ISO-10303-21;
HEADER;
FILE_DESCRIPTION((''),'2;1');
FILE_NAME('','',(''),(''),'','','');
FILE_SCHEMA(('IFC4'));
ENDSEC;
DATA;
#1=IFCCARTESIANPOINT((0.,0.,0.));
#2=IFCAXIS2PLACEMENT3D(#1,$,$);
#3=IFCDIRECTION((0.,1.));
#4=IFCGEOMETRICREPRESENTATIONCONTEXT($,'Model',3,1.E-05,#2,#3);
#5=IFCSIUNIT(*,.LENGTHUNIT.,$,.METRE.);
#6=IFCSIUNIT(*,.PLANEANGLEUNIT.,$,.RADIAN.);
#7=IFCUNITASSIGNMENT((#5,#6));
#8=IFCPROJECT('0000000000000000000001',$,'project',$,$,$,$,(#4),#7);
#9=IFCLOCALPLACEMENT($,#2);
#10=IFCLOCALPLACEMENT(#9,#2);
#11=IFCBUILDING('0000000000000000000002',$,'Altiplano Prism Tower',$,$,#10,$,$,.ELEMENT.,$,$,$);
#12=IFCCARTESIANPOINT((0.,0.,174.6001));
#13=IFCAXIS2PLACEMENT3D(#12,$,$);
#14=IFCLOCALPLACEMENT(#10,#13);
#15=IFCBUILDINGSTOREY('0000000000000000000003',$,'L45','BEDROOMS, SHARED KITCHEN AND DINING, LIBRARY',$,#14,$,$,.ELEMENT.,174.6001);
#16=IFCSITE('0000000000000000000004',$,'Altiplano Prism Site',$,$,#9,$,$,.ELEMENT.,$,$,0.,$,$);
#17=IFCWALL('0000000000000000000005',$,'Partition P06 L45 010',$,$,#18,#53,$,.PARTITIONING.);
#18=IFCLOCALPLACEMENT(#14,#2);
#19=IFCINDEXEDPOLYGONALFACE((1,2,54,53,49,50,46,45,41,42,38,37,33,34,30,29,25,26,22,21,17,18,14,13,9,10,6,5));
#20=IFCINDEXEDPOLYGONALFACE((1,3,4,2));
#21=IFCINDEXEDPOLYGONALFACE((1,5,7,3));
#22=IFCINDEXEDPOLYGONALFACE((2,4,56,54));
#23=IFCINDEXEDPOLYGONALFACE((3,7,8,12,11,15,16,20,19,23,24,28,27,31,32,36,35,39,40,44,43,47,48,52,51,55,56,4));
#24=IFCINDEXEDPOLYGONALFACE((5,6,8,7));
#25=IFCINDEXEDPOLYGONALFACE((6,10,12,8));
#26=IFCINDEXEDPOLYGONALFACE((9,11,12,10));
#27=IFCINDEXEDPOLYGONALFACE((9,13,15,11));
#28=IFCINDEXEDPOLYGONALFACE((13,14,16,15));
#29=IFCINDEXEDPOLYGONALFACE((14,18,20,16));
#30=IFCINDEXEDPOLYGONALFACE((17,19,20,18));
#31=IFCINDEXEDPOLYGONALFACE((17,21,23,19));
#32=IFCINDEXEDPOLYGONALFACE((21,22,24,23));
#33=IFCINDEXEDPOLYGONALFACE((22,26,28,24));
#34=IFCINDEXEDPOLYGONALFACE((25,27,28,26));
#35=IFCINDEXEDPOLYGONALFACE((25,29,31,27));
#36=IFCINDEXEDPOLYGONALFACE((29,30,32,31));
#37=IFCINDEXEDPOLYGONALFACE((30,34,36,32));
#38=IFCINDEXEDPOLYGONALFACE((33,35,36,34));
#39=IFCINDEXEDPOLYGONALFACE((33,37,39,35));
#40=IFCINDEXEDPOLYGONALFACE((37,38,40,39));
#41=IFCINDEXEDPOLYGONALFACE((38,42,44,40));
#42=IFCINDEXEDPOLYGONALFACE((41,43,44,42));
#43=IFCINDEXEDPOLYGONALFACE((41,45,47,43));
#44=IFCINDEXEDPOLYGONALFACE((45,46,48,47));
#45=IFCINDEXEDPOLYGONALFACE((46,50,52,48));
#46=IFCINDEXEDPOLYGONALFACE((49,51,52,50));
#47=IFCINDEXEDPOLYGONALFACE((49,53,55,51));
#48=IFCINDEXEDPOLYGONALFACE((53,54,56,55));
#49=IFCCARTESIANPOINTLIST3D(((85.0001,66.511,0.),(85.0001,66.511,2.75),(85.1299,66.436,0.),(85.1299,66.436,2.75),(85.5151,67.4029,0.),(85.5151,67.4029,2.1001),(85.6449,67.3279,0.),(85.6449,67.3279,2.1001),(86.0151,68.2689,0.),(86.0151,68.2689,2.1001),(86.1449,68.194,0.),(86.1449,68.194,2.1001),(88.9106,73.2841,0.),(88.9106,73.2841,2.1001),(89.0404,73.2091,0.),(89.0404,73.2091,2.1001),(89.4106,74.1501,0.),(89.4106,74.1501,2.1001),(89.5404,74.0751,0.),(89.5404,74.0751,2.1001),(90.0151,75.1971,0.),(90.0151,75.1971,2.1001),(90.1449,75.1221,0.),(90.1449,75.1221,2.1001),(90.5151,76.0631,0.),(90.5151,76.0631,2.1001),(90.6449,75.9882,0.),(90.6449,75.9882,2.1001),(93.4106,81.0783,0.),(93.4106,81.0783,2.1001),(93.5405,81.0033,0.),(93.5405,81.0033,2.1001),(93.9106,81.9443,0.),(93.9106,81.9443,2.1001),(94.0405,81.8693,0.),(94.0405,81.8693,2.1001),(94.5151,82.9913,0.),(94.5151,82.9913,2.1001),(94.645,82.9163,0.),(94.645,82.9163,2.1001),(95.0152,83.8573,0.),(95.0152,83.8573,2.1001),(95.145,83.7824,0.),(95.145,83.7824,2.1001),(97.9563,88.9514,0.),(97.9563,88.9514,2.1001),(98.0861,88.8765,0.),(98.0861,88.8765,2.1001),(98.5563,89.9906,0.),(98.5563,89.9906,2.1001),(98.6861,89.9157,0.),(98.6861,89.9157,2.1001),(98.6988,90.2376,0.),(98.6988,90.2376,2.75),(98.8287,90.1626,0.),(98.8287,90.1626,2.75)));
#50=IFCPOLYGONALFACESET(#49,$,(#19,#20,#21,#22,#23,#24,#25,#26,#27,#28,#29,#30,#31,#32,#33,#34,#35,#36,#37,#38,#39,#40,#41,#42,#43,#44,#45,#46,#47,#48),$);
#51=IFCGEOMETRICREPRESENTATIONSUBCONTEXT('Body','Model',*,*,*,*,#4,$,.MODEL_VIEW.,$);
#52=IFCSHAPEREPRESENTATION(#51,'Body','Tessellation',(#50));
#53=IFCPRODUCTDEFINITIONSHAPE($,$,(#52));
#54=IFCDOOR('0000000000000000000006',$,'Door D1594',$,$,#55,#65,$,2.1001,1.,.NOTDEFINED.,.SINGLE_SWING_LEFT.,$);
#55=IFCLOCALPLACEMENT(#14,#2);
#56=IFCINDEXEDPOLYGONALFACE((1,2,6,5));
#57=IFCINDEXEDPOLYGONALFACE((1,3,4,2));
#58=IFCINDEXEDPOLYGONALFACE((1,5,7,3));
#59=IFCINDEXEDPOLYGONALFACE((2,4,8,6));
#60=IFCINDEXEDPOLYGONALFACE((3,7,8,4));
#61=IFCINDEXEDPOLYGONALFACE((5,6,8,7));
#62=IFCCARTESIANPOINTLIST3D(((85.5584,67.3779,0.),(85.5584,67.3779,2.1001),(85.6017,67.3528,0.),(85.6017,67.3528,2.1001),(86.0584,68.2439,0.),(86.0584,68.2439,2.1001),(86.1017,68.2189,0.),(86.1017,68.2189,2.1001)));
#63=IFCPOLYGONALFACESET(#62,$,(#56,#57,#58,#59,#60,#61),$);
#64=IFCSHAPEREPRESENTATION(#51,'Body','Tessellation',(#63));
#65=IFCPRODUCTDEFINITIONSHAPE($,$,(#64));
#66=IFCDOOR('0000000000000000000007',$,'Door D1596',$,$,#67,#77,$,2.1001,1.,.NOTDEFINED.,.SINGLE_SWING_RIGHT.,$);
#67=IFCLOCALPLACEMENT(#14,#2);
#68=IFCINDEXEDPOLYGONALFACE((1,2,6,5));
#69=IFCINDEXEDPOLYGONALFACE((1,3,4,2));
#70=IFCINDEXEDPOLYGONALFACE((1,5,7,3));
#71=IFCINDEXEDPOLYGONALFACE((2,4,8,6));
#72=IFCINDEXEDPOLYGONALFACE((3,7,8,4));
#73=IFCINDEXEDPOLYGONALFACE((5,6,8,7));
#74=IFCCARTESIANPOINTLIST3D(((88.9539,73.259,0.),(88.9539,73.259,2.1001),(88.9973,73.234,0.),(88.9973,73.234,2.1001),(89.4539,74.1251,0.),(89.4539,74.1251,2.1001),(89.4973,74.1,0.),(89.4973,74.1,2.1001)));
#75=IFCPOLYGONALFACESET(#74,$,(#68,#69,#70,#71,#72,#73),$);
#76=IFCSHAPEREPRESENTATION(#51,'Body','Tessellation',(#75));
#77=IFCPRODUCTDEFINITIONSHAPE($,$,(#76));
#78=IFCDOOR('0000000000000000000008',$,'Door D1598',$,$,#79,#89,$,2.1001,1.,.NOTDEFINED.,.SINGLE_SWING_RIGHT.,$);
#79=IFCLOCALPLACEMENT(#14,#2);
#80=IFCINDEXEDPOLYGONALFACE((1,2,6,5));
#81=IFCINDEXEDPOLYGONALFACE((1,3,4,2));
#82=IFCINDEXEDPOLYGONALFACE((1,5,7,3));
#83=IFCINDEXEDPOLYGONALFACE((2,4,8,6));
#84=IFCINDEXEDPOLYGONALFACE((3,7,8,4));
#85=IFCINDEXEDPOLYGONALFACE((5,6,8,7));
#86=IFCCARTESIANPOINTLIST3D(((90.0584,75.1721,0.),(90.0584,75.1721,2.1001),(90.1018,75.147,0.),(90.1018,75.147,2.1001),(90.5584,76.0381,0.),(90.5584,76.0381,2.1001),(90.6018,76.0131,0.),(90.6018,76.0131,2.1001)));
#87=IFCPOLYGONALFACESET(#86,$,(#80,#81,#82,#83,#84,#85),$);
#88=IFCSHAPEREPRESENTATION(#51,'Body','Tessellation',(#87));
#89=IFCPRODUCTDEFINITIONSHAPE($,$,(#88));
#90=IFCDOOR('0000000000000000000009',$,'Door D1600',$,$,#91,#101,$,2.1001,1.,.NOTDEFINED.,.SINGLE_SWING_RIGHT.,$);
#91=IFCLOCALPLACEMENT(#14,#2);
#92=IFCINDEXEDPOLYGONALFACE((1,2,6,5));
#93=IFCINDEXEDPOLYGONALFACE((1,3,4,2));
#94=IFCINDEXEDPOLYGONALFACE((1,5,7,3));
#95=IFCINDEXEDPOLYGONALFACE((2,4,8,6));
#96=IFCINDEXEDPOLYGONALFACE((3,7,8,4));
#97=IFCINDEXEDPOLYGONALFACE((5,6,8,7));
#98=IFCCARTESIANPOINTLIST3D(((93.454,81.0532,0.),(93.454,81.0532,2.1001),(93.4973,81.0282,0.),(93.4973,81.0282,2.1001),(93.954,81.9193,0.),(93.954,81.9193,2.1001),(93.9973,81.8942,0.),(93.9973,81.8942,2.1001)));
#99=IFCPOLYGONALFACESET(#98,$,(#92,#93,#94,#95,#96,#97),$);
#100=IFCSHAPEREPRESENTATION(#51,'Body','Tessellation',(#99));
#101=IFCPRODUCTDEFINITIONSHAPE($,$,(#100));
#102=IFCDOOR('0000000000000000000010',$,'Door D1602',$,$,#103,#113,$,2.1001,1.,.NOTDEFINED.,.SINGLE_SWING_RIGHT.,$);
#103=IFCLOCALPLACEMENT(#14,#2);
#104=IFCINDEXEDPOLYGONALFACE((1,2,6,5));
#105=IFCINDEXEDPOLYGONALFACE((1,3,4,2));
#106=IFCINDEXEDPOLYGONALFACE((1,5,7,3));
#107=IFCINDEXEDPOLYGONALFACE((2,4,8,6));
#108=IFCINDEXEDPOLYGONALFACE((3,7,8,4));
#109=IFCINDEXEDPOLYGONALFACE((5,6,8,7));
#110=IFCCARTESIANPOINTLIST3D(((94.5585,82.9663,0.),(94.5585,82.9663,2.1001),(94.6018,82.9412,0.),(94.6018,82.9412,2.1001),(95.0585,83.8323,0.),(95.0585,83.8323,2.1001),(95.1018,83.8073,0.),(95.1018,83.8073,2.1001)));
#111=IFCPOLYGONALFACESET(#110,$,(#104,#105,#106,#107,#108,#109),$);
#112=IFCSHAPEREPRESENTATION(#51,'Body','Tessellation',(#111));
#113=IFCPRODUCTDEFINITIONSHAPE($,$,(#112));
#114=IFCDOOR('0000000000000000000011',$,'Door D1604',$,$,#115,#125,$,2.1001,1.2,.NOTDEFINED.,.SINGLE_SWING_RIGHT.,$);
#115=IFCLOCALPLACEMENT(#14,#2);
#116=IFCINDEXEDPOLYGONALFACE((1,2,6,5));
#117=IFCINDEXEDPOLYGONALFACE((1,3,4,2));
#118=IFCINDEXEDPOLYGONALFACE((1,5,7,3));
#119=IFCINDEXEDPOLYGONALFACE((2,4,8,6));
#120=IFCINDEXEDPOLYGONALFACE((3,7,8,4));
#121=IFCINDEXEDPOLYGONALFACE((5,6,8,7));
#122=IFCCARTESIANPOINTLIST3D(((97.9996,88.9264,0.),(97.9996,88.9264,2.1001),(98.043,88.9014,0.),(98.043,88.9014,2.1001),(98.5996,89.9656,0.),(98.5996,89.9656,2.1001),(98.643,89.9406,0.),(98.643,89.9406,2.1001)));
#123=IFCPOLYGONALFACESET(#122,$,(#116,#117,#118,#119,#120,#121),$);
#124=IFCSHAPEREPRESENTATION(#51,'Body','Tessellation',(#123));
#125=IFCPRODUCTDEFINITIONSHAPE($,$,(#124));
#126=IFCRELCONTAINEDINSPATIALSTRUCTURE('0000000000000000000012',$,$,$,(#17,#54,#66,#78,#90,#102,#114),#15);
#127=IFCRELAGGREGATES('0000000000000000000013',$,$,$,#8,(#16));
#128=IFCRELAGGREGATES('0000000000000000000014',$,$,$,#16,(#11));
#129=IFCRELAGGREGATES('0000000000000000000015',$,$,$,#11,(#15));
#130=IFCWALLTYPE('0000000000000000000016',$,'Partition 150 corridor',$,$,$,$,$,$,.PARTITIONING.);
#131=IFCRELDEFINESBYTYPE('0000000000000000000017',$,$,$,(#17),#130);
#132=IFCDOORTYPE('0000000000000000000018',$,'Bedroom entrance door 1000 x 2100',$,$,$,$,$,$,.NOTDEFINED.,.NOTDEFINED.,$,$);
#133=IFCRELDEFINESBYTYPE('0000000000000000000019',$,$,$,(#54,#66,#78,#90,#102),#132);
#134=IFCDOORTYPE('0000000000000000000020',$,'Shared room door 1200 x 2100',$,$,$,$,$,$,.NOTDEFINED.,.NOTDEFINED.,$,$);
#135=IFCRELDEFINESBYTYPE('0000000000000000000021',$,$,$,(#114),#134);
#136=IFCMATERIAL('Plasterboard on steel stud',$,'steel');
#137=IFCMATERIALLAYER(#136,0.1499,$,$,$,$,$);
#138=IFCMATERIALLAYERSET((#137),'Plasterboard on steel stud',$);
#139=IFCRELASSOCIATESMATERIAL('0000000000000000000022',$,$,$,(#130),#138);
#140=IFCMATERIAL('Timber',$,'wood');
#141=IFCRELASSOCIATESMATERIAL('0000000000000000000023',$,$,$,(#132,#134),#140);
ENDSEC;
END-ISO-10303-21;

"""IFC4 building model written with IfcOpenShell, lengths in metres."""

from ifc_helpers import new_model, si_unit, direction, frame, frame_2d, origin, place, context, subcontext, project, spatial, rectangle, extrude, material, layer, layer_set, type_object, element, fill, save


model = new_model("IFC4")

# Units and contexts
model_context = context("Model", 3, precision=1e-05, world=origin(), true_north=direction((0.0, 1.0)))
body_context = subcontext(model_context, "Body", "Model", "MODEL_VIEW")
ifc_project = project(units=[si_unit("LENGTHUNIT", "METRE"), si_unit("PLANEANGLEUNIT", "RADIAN")], contexts=[model_context])

# Site, building, storey
site_placement = place(None, origin())
site = spatial("IfcSite", under=ifc_project, at=site_placement, Name="Altiplano Prism Site", CompositionType="ELEMENT", RefElevation=0.0)
building_placement = place(site_placement, origin())
building = spatial("IfcBuilding", under=site, at=building_placement, Name="Altiplano Prism Tower", CompositionType="ELEMENT")
storey_placement = place(building_placement, frame((0.0, 0.0, 174.6001)))
storey = spatial("IfcBuildingStorey", under=building, at=storey_placement, Name="L45", Description="BEDROOMS, SHARED KITCHEN AND DINING, LIBRARY", CompositionType="ELEMENT", Elevation=174.6001)

# Shared definitions
ifc_material_1 = material(Name="Plasterboard on steel stud", Category="steel")

# Shared definitions
ifc_material_2 = material(Name="Timber", Category="wood")

# Wall, openings, doors
ifc_layer_1 = layer(ifc_material_1, 0.1499)
ifc_layer_set_1 = layer_set([ifc_layer_1], Name="Plasterboard on steel stud")
wall_type_1 = type_object("IfcWallType", Name="Partition 150 corridor", PredefinedType="PARTITIONING", material=ifc_layer_set_1)
wall_1_placement = place(storey_placement, frame((85.0649, 66.4734, 0.0), z_axis=(0.0, 0.0, 1.0), x_axis=(0.500005, 0.866022, 0.0)))
wall_1 = element("IfcWall", 1, at=wall_1_placement, inside=storey, type_object=wall_type_1, Name="Partition P06 L45 010", PredefinedType="PARTITIONING", context=body_context, shape_type="SweptSolid", body=[
    extrude(rectangle(XDim=27.3972, YDim=0.1499, at=frame_2d((13.6987, 0.0))), origin(), (0.0, 0.0, 1.0), 2.75),
])
opening_1_placement = place(wall_1_placement, frame((1.03, 0.0, 0.0)))
opening_1 = element("IfcOpeningElement", 2, at=opening_1_placement, cuts=wall_1, PredefinedType="OPENING", context=body_context, shape_type="SweptSolid", body=[
    extrude(rectangle(XDim=1.0, YDim=2.1001, at=frame_2d((0.5, 1.05))), frame((0.0, 0.0854, 0.0), z_axis=(0.0, -1.0, 0.0), x_axis=(1.0, 0.0, 0.0)), (0.0, 0.0, 1.0), 0.1709),
])
opening_2_placement = place(wall_1_placement, frame((7.821, 0.0, 0.0)))
opening_2 = element("IfcOpeningElement", 3, at=opening_2_placement, cuts=wall_1, PredefinedType="OPENING", context=body_context, shape_type="SweptSolid", body=[
    extrude(rectangle(XDim=1.0, YDim=2.1001, at=frame_2d((0.5, 1.05))), frame((0.0, 0.0854, 0.0), z_axis=(0.0, -1.0, 0.0), x_axis=(1.0, 0.0, 0.0)), (0.0, 0.0, 1.0), 0.1709),
])
opening_3_placement = place(wall_1_placement, frame((10.03, 0.0, 0.0)))
opening_3 = element("IfcOpeningElement", 4, at=opening_3_placement, cuts=wall_1, PredefinedType="OPENING", context=body_context, shape_type="SweptSolid", body=[
    extrude(rectangle(XDim=1.0, YDim=2.1001, at=frame_2d((0.5, 1.05))), frame((0.0, 0.0854, 0.0), z_axis=(0.0, -1.0, 0.0), x_axis=(1.0, 0.0, 0.0)), (0.0, 0.0, 1.0), 0.1709),
])
opening_4_placement = place(wall_1_placement, frame((16.821, 0.0, 0.0)))
opening_4 = element("IfcOpeningElement", 5, at=opening_4_placement, cuts=wall_1, PredefinedType="OPENING", context=body_context, shape_type="SweptSolid", body=[
    extrude(rectangle(XDim=1.0, YDim=2.1001, at=frame_2d((0.5, 1.05))), frame((0.0, 0.0854, 0.0), z_axis=(0.0, -1.0, 0.0), x_axis=(1.0, 0.0, 0.0)), (0.0, 0.0, 1.0), 0.1709),
])
opening_5_placement = place(wall_1_placement, frame((19.03, 0.0, 0.0)))
opening_5 = element("IfcOpeningElement", 6, at=opening_5_placement, cuts=wall_1, PredefinedType="OPENING", context=body_context, shape_type="SweptSolid", body=[
    extrude(rectangle(XDim=1.0, YDim=2.1001, at=frame_2d((0.5, 1.05))), frame((0.0, 0.0854, 0.0), z_axis=(0.0, -1.0, 0.0), x_axis=(1.0, 0.0, 0.0)), (0.0, 0.0, 1.0), 0.1709),
])
opening_6_placement = place(wall_1_placement, frame((25.9121, 0.0, 0.0)))
opening_6 = element("IfcOpeningElement", 7, at=opening_6_placement, cuts=wall_1, PredefinedType="OPENING", context=body_context, shape_type="SweptSolid", body=[
    extrude(rectangle(XDim=1.2, YDim=2.1001, at=frame_2d((0.6001, 1.05))), frame((0.0, 0.0854, 0.0), z_axis=(0.0, -1.0, 0.0), x_axis=(1.0, 0.0, 0.0)), (0.0, 0.0, 1.0), 0.1709),
])
door_type_1 = type_object("IfcDoorType", Name="Bedroom entrance door 1000 x 2100", OperationType="NOTDEFINED", PredefinedType="NOTDEFINED", material=ifc_material_2)
door_1_placement = place(opening_1_placement, origin())
door_1 = element("IfcDoor", 8, at=door_1_placement, inside=storey, type_object=door_type_1, Name="Door D1594", OperationType="SINGLE_SWING_LEFT", OverallHeight=2.1001, OverallWidth=1.0, PredefinedType="NOTDEFINED", context=body_context, shape_type="SweptSolid", body=[
    extrude(rectangle(XDim=1.0, YDim=2.1001, at=frame_2d((0.5, 1.05))), frame((0.0, 0.0249, 0.0), z_axis=(0.0, -1.0, 0.0), x_axis=(1.0, 0.0, 0.0)), (0.0, 0.0, 1.0), 0.05),
])
fill(opening_1, door_1)
door_2_placement = place(opening_2_placement, origin())
door_2 = element("IfcDoor", 9, at=door_2_placement, inside=storey, type_object=door_type_1, Name="Door D1596", OperationType="SINGLE_SWING_RIGHT", OverallHeight=2.1001, OverallWidth=1.0, PredefinedType="NOTDEFINED", context=body_context, shape_type="SweptSolid", body=[
    extrude(rectangle(XDim=1.0, YDim=2.1001, at=frame_2d((0.5, 1.05))), frame((0.0, 0.0249, 0.0), z_axis=(0.0, -1.0, 0.0), x_axis=(1.0, 0.0, 0.0)), (0.0, 0.0, 1.0), 0.05),
])
fill(opening_2, door_2)
door_3_placement = place(opening_3_placement, origin())
door_3 = element("IfcDoor", 10, at=door_3_placement, inside=storey, type_object=door_type_1, Name="Door D1598", OperationType="SINGLE_SWING_RIGHT", OverallHeight=2.1001, OverallWidth=1.0, PredefinedType="NOTDEFINED", context=body_context, shape_type="SweptSolid", body=[
    extrude(rectangle(XDim=1.0, YDim=2.1001, at=frame_2d((0.5, 1.05))), frame((0.0, 0.0249, 0.0), z_axis=(0.0, -1.0, 0.0), x_axis=(1.0, 0.0, 0.0)), (0.0, 0.0, 1.0), 0.05),
])
fill(opening_3, door_3)
door_4_placement = place(opening_4_placement, origin())
door_4 = element("IfcDoor", 11, at=door_4_placement, inside=storey, type_object=door_type_1, Name="Door D1600", OperationType="SINGLE_SWING_RIGHT", OverallHeight=2.1001, OverallWidth=1.0, PredefinedType="NOTDEFINED", context=body_context, shape_type="SweptSolid", body=[
    extrude(rectangle(XDim=1.0, YDim=2.1001, at=frame_2d((0.5, 1.05))), frame((0.0, 0.0249, 0.0), z_axis=(0.0, -1.0, 0.0), x_axis=(1.0, 0.0, 0.0)), (0.0, 0.0, 1.0), 0.05),
])
fill(opening_4, door_4)
door_5_placement = place(opening_5_placement, origin())
door_5 = element("IfcDoor", 12, at=door_5_placement, inside=storey, type_object=door_type_1, Name="Door D1602", OperationType="SINGLE_SWING_RIGHT", OverallHeight=2.1001, OverallWidth=1.0, PredefinedType="NOTDEFINED", context=body_context, shape_type="SweptSolid", body=[
    extrude(rectangle(XDim=1.0, YDim=2.1001, at=frame_2d((0.5, 1.05))), frame((0.0, 0.0249, 0.0), z_axis=(0.0, -1.0, 0.0), x_axis=(1.0, 0.0, 0.0)), (0.0, 0.0, 1.0), 0.05),
])
fill(opening_5, door_5)
door_type_2 = type_object("IfcDoorType", Name="Shared room door 1200 x 2100", OperationType="NOTDEFINED", PredefinedType="NOTDEFINED", material=ifc_material_2)
door_6_placement = place(opening_6_placement, origin())
door_6 = element("IfcDoor", 13, at=door_6_placement, inside=storey, type_object=door_type_2, Name="Door D1604", OperationType="SINGLE_SWING_RIGHT", OverallHeight=2.1001, OverallWidth=1.2, PredefinedType="NOTDEFINED", context=body_context, shape_type="SweptSolid", body=[
    extrude(rectangle(XDim=1.2, YDim=2.1001, at=frame_2d((0.6001, 1.05))), frame((0.0, 0.0249, 0.0), z_axis=(0.0, -1.0, 0.0), x_axis=(1.0, 0.0, 0.0)), (0.0, 0.0, 1.0), 0.05),
])
fill(opening_6, door_6)

save(model, "model.ifc")
